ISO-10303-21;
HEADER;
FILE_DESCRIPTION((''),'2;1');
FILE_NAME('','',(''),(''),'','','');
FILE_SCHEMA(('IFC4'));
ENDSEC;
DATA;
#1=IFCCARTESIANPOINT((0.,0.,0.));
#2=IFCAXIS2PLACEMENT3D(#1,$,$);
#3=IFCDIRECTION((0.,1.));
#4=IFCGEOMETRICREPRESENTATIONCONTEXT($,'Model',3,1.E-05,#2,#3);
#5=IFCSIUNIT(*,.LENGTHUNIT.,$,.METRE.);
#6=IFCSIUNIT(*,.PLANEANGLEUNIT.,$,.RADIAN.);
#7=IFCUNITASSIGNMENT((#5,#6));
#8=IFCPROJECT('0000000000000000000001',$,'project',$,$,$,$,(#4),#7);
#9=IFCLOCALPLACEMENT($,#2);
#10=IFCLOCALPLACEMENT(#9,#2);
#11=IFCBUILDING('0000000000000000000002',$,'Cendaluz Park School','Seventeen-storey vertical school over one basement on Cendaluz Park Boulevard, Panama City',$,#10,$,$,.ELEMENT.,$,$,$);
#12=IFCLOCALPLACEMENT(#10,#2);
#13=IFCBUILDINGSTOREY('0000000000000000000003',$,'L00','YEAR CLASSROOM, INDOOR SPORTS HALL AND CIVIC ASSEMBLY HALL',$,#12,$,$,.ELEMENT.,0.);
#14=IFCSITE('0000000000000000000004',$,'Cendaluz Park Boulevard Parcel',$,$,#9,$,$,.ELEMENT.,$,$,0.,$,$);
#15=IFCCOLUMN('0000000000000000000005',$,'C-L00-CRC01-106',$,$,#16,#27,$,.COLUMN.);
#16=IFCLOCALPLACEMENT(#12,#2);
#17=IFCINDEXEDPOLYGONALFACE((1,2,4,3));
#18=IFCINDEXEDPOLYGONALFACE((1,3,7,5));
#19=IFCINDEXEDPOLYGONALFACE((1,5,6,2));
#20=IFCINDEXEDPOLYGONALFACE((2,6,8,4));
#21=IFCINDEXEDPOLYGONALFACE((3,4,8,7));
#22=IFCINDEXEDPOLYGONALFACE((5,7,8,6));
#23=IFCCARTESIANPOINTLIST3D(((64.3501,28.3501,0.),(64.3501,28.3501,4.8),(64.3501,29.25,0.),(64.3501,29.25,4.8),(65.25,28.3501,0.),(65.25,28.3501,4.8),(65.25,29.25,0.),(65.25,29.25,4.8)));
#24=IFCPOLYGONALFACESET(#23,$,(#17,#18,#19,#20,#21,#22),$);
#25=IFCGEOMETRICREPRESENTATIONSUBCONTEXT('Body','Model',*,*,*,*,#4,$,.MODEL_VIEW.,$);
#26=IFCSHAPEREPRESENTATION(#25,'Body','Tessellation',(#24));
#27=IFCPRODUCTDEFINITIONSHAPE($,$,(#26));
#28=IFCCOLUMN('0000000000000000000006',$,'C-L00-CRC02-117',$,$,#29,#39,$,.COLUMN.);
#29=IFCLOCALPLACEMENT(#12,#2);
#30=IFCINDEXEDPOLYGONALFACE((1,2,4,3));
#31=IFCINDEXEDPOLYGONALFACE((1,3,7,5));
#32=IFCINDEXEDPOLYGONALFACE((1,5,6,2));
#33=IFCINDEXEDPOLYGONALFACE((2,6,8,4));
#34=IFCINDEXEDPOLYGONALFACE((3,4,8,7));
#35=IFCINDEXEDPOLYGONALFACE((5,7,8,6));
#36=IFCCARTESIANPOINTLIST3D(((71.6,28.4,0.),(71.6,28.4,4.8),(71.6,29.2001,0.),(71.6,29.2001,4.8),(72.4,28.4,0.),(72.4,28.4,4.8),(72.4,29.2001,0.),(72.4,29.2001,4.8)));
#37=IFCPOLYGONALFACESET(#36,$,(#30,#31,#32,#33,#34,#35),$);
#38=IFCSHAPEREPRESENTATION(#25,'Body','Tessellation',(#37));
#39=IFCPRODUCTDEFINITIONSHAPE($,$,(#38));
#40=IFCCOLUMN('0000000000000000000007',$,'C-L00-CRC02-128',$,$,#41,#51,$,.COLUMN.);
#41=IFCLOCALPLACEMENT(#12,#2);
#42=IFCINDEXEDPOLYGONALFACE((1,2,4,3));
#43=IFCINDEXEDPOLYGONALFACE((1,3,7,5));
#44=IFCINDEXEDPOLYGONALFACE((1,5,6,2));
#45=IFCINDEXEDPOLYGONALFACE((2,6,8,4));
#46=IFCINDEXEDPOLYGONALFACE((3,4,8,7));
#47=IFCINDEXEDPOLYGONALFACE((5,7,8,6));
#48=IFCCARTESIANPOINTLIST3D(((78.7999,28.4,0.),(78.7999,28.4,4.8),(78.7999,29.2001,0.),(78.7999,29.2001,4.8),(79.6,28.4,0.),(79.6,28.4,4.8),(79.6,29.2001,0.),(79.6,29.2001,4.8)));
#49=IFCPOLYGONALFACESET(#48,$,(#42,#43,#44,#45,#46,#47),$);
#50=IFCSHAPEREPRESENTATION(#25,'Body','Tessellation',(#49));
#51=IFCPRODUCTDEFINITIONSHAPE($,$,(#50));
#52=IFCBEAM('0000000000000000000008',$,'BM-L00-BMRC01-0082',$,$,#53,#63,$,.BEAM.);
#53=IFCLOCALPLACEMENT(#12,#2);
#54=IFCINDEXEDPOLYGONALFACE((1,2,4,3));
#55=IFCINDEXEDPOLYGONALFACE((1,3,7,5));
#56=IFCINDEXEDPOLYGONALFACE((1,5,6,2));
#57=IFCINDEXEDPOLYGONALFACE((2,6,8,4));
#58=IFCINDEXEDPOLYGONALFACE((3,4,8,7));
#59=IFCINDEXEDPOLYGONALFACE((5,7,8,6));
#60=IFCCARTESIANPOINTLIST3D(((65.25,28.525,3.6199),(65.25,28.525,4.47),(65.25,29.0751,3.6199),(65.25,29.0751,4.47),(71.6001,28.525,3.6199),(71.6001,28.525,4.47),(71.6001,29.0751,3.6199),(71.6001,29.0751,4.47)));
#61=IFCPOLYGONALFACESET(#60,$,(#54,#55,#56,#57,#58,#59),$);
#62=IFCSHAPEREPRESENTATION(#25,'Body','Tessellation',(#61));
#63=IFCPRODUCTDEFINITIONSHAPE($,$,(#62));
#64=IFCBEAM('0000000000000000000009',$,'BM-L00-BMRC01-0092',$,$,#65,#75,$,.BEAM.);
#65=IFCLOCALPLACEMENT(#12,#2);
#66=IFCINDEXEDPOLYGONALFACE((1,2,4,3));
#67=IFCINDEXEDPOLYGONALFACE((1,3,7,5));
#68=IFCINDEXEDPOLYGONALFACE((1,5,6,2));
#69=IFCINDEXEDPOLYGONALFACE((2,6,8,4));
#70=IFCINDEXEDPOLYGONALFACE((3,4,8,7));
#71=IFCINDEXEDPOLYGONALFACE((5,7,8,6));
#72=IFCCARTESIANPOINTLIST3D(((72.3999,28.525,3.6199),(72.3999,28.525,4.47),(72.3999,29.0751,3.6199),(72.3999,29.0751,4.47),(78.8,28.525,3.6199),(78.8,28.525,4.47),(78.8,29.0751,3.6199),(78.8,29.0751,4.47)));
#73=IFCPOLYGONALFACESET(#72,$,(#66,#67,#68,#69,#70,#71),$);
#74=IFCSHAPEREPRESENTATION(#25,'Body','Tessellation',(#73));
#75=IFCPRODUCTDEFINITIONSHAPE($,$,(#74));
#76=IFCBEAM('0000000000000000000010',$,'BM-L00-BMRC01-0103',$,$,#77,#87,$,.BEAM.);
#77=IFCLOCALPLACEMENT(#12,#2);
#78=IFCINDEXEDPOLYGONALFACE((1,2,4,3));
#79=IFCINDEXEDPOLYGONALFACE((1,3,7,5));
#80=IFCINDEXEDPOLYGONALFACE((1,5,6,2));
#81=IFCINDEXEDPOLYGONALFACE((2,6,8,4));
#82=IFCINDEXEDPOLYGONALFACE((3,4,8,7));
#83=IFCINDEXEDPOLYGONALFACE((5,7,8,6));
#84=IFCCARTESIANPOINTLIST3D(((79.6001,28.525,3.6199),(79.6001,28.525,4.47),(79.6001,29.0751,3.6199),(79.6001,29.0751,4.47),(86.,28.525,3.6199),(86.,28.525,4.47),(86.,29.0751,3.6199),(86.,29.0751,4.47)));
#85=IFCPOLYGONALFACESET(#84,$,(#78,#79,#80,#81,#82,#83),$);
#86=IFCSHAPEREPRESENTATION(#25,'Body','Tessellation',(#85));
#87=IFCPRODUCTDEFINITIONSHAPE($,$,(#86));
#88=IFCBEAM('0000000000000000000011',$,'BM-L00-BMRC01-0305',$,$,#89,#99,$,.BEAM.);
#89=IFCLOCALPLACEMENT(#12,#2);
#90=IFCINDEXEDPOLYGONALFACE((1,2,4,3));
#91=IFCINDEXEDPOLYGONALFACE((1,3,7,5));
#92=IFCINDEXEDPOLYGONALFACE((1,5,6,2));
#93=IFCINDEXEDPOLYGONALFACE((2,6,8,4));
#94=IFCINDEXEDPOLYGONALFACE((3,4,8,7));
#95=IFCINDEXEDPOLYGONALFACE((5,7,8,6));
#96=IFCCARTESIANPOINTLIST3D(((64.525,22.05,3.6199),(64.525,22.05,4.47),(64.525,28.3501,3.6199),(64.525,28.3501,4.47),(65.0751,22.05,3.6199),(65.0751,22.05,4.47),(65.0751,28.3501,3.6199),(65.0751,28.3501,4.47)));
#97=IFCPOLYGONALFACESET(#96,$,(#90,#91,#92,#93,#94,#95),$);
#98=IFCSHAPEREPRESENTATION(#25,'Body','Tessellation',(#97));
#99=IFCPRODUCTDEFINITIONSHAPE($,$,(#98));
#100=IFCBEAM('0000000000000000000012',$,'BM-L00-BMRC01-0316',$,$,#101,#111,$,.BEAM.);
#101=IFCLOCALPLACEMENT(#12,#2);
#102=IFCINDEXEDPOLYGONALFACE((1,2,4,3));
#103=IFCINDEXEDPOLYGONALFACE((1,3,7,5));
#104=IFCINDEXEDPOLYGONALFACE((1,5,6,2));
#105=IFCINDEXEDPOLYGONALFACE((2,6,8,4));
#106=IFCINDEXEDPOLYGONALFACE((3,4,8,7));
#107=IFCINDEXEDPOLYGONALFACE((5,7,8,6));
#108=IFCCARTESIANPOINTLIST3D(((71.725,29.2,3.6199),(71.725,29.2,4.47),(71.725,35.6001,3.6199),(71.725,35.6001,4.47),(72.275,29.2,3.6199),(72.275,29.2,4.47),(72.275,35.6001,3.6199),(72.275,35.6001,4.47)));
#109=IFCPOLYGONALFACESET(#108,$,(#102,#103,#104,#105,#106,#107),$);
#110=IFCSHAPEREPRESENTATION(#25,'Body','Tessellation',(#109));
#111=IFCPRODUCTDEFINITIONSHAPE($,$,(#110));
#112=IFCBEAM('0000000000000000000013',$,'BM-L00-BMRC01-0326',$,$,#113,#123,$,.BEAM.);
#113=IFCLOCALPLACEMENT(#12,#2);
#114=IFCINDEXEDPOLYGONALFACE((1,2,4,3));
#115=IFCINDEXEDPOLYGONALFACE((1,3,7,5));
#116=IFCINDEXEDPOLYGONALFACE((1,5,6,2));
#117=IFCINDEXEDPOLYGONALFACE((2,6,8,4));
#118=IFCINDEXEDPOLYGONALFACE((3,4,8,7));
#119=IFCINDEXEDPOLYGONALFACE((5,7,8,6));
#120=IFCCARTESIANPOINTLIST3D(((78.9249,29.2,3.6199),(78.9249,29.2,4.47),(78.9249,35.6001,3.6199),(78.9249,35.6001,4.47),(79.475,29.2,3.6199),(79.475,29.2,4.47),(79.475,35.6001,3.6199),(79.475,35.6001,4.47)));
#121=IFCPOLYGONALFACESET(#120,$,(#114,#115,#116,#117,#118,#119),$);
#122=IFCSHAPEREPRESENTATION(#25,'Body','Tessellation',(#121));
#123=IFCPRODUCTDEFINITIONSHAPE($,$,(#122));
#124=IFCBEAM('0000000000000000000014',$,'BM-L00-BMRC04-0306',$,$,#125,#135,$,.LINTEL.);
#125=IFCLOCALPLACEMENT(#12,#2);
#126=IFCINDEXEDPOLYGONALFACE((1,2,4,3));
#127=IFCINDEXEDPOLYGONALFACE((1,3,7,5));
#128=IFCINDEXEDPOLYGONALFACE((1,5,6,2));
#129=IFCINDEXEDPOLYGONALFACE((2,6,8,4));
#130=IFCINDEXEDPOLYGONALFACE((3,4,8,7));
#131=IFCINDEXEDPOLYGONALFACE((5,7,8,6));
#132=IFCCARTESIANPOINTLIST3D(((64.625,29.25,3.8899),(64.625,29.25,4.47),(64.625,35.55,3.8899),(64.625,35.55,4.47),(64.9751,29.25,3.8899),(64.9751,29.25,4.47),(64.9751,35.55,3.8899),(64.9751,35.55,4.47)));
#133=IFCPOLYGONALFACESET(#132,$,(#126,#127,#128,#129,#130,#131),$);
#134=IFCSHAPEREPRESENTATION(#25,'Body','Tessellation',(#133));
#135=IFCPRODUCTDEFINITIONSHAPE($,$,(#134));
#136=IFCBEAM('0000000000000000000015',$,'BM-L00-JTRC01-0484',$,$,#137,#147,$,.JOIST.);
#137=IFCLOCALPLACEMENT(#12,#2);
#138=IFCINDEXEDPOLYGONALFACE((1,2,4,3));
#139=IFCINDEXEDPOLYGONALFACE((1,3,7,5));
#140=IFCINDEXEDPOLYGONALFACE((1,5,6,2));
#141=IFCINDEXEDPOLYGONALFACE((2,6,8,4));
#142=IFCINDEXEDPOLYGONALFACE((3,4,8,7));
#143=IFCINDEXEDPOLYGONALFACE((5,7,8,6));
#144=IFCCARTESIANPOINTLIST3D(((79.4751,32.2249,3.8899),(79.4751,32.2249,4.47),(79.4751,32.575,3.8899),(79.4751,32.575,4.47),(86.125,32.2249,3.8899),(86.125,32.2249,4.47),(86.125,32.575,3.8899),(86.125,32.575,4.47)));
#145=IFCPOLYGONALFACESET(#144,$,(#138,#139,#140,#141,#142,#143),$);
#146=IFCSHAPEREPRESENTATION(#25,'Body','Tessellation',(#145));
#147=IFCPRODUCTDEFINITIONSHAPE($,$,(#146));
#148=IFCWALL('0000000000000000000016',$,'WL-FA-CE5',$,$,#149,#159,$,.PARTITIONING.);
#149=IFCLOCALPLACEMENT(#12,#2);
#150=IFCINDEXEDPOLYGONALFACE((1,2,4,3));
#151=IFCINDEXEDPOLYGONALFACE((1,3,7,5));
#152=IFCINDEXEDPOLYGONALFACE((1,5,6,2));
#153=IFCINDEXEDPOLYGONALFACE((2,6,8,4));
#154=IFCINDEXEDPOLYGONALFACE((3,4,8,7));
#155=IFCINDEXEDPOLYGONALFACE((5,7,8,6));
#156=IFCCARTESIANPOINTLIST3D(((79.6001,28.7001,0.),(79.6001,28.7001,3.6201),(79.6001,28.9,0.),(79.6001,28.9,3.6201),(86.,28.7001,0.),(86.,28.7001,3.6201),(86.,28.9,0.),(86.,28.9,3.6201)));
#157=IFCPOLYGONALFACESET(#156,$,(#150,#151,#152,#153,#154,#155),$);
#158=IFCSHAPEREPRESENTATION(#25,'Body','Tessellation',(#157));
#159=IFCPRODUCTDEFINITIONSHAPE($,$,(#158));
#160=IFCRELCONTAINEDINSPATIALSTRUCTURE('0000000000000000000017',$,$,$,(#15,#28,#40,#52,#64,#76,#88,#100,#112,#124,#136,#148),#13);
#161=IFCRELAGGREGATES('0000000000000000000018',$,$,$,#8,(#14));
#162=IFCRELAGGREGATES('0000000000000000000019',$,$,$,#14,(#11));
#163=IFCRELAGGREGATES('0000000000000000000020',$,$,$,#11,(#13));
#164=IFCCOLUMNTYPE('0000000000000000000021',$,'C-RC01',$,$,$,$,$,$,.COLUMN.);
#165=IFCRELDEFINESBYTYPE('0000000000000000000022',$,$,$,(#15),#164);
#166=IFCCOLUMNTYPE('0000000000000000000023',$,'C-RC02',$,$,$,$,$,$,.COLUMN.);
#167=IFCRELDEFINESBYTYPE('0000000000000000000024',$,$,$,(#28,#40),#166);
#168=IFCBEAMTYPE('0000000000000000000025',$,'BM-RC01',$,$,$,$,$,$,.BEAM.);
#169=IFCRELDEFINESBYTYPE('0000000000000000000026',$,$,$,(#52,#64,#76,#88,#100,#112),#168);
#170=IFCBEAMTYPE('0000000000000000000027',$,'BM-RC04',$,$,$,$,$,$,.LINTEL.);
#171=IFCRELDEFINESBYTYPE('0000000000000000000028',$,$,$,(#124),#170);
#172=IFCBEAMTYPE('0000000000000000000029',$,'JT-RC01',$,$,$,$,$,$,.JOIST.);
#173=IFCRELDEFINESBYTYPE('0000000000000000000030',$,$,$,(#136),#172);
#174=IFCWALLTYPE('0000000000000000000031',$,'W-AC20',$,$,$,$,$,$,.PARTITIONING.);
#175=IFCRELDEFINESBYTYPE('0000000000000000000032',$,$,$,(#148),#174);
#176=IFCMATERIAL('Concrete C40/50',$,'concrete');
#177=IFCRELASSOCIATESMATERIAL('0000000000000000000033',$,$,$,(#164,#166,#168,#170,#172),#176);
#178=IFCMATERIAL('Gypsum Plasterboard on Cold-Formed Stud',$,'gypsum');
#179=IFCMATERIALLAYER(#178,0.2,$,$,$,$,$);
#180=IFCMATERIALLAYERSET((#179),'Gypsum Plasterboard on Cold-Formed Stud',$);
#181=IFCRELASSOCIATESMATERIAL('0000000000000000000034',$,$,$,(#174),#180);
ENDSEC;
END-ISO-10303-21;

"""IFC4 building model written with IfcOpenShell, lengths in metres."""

from ifc_helpers import new_model, si_unit, direction, frame, frame_2d, origin, origin_2d, place, context, subcontext, project, spatial, rectangle, extrude, material, layer, layer_set, material_profile, profile_set, type_object, element, save


model = new_model("IFC4")

# Units and contexts
model_context = context("Model", 3, precision=1e-05, world=origin(), true_north=direction((0.0, 1.0)))
body_context = subcontext(model_context, "Body", "Model", "MODEL_VIEW")
ifc_project = project(units=[si_unit("LENGTHUNIT", "METRE"), si_unit("PLANEANGLEUNIT", "RADIAN")], contexts=[model_context])

# Site, building, storey
site_placement = place(None, origin())
site = spatial("IfcSite", under=ifc_project, at=site_placement, Name="Cendaluz Park Boulevard Parcel", CompositionType="ELEMENT", RefElevation=0.0)
building_placement = place(site_placement, origin())
building = spatial("IfcBuilding", under=site, at=building_placement, Name="Cendaluz Park School", Description="Seventeen-storey vertical school over one basement on Cendaluz Park Boulevard, Panama City", CompositionType="ELEMENT")
storey_placement = place(building_placement, origin())
storey = spatial("IfcBuildingStorey", under=building, at=storey_placement, Name="L00", Description="YEAR CLASSROOM, INDOOR SPORTS HALL AND CIVIC ASSEMBLY HALL", CompositionType="ELEMENT", Elevation=0.0)

# Columns
ifc_material_1 = material(Name="Concrete C40/50", Category="concrete")
ifc_material_profile_1 = material_profile(ifc_material_1, rectangle(XDim=0.8999, YDim=0.8999, at=origin_2d()), Name="RC 900x900", Category="concrete")
ifc_profile_set_1 = profile_set([ifc_material_profile_1], Name="Concrete C40/50")
column_type_1 = type_object("IfcColumnType", Name="C-RC01", PredefinedType="COLUMN", material=ifc_profile_set_1)
column_placement = place(storey_placement, frame((64.8, 28.8, 0.0), z_axis=(0.0, 0.0, 1.0), x_axis=(1.0, 0.0, 0.0)))
element("IfcColumn", 1, at=column_placement, inside=storey, type_object=column_type_1, Name="C-L00-CRC01-106", PredefinedType="COLUMN", context=body_context, shape_type="SweptSolid", body=[
    extrude(rectangle(XDim=0.8999, YDim=0.8999, at=origin_2d()), origin(), (0.0, 0.0, 1.0), 4.8),
])
ifc_material_profile_2 = material_profile(ifc_material_1, rectangle(XDim=0.8, YDim=0.8, at=origin_2d()), Name="RC 800x800", Category="concrete")
ifc_profile_set_2 = profile_set([ifc_material_profile_2], Name="Concrete C40/50")
column_type_2 = type_object("IfcColumnType", Name="C-RC02", PredefinedType="COLUMN", material=ifc_profile_set_2)
for number, where, z_axis, x_axis, name in (
    (2, (72.0, 28.8, 0.0), (0.0, 0.0, 1.0), (1.0, 0.0, 0.0), "C-L00-CRC02-117"),
    (3, (79.2, 28.8, 0.0), (0.0, 0.0, 1.0), (1.0, 0.0, 0.0), "C-L00-CRC02-128"),
):
    element("IfcColumn", number, at=place(storey_placement, frame(where, z_axis=z_axis, x_axis=x_axis)), inside=storey, type_object=column_type_2, Name=name, PredefinedType="COLUMN", context=body_context, shape_type="SweptSolid", body=[
        extrude(rectangle(XDim=0.8, YDim=0.8, at=origin_2d()), origin(), (0.0, 0.0, 1.0), 4.8),
    ])

# Beams
ifc_material_profile_3 = material_profile(ifc_material_1, rectangle(XDim=0.55, YDim=0.8501, at=origin_2d()), Name="RC 550x850", Category="concrete")
ifc_profile_set_3 = profile_set([ifc_material_profile_3], Name="Concrete C40/50")
beam_type_1 = type_object("IfcBeamType", Name="BM-RC01", PredefinedType="BEAM", material=ifc_profile_set_3)
beam_1_placement = place(storey_placement, frame((65.25, 28.8, 4.0449), z_axis=(1.0, 0.0, 0.0), x_axis=(0.0, 1.0, 0.0)))
element("IfcBeam", 4, at=beam_1_placement, inside=storey, type_object=beam_type_1, Name="BM-L00-BMRC01-0082", PredefinedType="BEAM", context=body_context, shape_type="SweptSolid", body=[
    extrude(rectangle(XDim=0.55, YDim=0.8501, at=origin_2d()), origin(), (0.0, 0.0, 1.0), 6.3501),
])
beam_2_placement = place(storey_placement, frame((72.3999, 28.8, 4.0449), z_axis=(1.0, 0.0, 0.0), x_axis=(0.0, 1.0, 0.0)))
element("IfcBeam", 5, at=beam_2_placement, inside=storey, type_object=beam_type_1, Name="BM-L00-BMRC01-0092", PredefinedType="BEAM", context=body_context, shape_type="SweptSolid", body=[
    extrude(rectangle(XDim=0.55, YDim=0.8501, at=origin_2d()), origin(), (0.0, 0.0, 1.0), 6.4001),
])
beam_3_placement = place(storey_placement, frame((79.6001, 28.8, 4.0449), z_axis=(1.0, 0.0, 0.0), x_axis=(0.0, 1.0, 0.0)))
element("IfcBeam", 6, at=beam_3_placement, inside=storey, type_object=beam_type_1, Name="BM-L00-BMRC01-0103", PredefinedType="BEAM", context=body_context, shape_type="SweptSolid", body=[
    extrude(rectangle(XDim=0.55, YDim=0.8501, at=origin_2d()), origin(), (0.0, 0.0, 1.0), 6.3999),
])
beam_4_placement = place(storey_placement, frame((64.8, 22.05, 4.0449), z_axis=(0.0, 1.0, 0.0), x_axis=(-1.0, 0.0, 0.0)))
element("IfcBeam", 7, at=beam_4_placement, inside=storey, type_object=beam_type_1, Name="BM-L00-BMRC01-0305", PredefinedType="BEAM", context=body_context, shape_type="SweptSolid", body=[
    extrude(rectangle(XDim=0.55, YDim=0.8501, at=origin_2d()), origin(), (0.0, 0.0, 1.0), 6.3),
])
for number, where, z_axis, x_axis, name in (
    (8, (72.0, 29.2, 4.0449), (0.0, 1.0, 0.0), (-1.0, 0.0, 0.0), "BM-L00-BMRC01-0316"),
    (9, (79.2, 29.2, 4.0449), (0.0, 1.0, 0.0), (-1.0, 0.0, 0.0), "BM-L00-BMRC01-0326"),
):
    element("IfcBeam", number, at=place(storey_placement, frame(where, z_axis=z_axis, x_axis=x_axis)), inside=storey, type_object=beam_type_1, Name=name, PredefinedType="BEAM", context=body_context, shape_type="SweptSolid", body=[
        extrude(rectangle(XDim=0.55, YDim=0.8501, at=origin_2d()), origin(), (0.0, 0.0, 1.0), 6.4001),
    ])
ifc_material_profile_4 = material_profile(ifc_material_1, rectangle(XDim=0.3501, YDim=0.5801, at=origin_2d()), Name="RC 350x580", Category="concrete")
ifc_profile_set_4 = profile_set([ifc_material_profile_4], Name="Concrete C40/50")
beam_type_2 = type_object("IfcBeamType", Name="BM-RC04", PredefinedType="LINTEL", material=ifc_profile_set_4)
beam_5_placement = place(storey_placement, frame((64.8, 29.25, 4.1799), z_axis=(0.0, 1.0, 0.0), x_axis=(-1.0, 0.0, 0.0)))
element("IfcBeam", 10, at=beam_5_placement, inside=storey, type_object=beam_type_2, Name="BM-L00-BMRC04-0306", PredefinedType="LINTEL", context=body_context, shape_type="SweptSolid", body=[
    extrude(rectangle(XDim=0.3501, YDim=0.5801, at=origin_2d()), origin(), (0.0, 0.0, 1.0), 6.3),
])
ifc_material_profile_5 = material_profile(ifc_material_1, rectangle(XDim=0.3501, YDim=0.5801, at=origin_2d()), Name="RC 350x580", Category="concrete")
ifc_profile_set_5 = profile_set([ifc_material_profile_5], Name="Concrete C40/50")
beam_type_3 = type_object("IfcBeamType", Name="JT-RC01", PredefinedType="JOIST", material=ifc_profile_set_5)
beam_6_placement = place(storey_placement, frame((79.4751, 32.3999, 4.1799), z_axis=(1.0, 0.0, 0.0), x_axis=(0.0, 1.0, 0.0)))
element("IfcBeam", 11, at=beam_6_placement, inside=storey, type_object=beam_type_3, Name="BM-L00-JTRC01-0484", PredefinedType="JOIST", context=body_context, shape_type="SweptSolid", body=[
    extrude(rectangle(XDim=0.3501, YDim=0.5801, at=origin_2d()), origin(), (0.0, 0.0, 1.0), 6.6499),
])

# Wall
ifc_material_2 = material(Name="Gypsum Plasterboard on Cold-Formed Stud", Category="gypsum")
ifc_layer_1 = layer(ifc_material_2, 0.2)
ifc_layer_set_1 = layer_set([ifc_layer_1], Name="Gypsum Plasterboard on Cold-Formed Stud")
wall_type_1 = type_object("IfcWallType", Name="W-AC20", PredefinedType="PARTITIONING", material=ifc_layer_set_1)
wall_1_placement = place(storey_placement, frame((79.6001, 28.8, 0.0), z_axis=(0.0, 0.0, 1.0), x_axis=(1.0, 0.0, 0.0)))
element("IfcWall", 12, at=wall_1_placement, inside=storey, type_object=wall_type_1, Name="WL-FA-CE5", PredefinedType="PARTITIONING", context=body_context, shape_type="SweptSolid", body=[
    extrude(rectangle(XDim=6.3999, YDim=0.2, at=frame_2d((3.2, 0.0))), origin(), (0.0, 0.0, 1.0), 3.6201),
])

save(model, "model.ifc")
